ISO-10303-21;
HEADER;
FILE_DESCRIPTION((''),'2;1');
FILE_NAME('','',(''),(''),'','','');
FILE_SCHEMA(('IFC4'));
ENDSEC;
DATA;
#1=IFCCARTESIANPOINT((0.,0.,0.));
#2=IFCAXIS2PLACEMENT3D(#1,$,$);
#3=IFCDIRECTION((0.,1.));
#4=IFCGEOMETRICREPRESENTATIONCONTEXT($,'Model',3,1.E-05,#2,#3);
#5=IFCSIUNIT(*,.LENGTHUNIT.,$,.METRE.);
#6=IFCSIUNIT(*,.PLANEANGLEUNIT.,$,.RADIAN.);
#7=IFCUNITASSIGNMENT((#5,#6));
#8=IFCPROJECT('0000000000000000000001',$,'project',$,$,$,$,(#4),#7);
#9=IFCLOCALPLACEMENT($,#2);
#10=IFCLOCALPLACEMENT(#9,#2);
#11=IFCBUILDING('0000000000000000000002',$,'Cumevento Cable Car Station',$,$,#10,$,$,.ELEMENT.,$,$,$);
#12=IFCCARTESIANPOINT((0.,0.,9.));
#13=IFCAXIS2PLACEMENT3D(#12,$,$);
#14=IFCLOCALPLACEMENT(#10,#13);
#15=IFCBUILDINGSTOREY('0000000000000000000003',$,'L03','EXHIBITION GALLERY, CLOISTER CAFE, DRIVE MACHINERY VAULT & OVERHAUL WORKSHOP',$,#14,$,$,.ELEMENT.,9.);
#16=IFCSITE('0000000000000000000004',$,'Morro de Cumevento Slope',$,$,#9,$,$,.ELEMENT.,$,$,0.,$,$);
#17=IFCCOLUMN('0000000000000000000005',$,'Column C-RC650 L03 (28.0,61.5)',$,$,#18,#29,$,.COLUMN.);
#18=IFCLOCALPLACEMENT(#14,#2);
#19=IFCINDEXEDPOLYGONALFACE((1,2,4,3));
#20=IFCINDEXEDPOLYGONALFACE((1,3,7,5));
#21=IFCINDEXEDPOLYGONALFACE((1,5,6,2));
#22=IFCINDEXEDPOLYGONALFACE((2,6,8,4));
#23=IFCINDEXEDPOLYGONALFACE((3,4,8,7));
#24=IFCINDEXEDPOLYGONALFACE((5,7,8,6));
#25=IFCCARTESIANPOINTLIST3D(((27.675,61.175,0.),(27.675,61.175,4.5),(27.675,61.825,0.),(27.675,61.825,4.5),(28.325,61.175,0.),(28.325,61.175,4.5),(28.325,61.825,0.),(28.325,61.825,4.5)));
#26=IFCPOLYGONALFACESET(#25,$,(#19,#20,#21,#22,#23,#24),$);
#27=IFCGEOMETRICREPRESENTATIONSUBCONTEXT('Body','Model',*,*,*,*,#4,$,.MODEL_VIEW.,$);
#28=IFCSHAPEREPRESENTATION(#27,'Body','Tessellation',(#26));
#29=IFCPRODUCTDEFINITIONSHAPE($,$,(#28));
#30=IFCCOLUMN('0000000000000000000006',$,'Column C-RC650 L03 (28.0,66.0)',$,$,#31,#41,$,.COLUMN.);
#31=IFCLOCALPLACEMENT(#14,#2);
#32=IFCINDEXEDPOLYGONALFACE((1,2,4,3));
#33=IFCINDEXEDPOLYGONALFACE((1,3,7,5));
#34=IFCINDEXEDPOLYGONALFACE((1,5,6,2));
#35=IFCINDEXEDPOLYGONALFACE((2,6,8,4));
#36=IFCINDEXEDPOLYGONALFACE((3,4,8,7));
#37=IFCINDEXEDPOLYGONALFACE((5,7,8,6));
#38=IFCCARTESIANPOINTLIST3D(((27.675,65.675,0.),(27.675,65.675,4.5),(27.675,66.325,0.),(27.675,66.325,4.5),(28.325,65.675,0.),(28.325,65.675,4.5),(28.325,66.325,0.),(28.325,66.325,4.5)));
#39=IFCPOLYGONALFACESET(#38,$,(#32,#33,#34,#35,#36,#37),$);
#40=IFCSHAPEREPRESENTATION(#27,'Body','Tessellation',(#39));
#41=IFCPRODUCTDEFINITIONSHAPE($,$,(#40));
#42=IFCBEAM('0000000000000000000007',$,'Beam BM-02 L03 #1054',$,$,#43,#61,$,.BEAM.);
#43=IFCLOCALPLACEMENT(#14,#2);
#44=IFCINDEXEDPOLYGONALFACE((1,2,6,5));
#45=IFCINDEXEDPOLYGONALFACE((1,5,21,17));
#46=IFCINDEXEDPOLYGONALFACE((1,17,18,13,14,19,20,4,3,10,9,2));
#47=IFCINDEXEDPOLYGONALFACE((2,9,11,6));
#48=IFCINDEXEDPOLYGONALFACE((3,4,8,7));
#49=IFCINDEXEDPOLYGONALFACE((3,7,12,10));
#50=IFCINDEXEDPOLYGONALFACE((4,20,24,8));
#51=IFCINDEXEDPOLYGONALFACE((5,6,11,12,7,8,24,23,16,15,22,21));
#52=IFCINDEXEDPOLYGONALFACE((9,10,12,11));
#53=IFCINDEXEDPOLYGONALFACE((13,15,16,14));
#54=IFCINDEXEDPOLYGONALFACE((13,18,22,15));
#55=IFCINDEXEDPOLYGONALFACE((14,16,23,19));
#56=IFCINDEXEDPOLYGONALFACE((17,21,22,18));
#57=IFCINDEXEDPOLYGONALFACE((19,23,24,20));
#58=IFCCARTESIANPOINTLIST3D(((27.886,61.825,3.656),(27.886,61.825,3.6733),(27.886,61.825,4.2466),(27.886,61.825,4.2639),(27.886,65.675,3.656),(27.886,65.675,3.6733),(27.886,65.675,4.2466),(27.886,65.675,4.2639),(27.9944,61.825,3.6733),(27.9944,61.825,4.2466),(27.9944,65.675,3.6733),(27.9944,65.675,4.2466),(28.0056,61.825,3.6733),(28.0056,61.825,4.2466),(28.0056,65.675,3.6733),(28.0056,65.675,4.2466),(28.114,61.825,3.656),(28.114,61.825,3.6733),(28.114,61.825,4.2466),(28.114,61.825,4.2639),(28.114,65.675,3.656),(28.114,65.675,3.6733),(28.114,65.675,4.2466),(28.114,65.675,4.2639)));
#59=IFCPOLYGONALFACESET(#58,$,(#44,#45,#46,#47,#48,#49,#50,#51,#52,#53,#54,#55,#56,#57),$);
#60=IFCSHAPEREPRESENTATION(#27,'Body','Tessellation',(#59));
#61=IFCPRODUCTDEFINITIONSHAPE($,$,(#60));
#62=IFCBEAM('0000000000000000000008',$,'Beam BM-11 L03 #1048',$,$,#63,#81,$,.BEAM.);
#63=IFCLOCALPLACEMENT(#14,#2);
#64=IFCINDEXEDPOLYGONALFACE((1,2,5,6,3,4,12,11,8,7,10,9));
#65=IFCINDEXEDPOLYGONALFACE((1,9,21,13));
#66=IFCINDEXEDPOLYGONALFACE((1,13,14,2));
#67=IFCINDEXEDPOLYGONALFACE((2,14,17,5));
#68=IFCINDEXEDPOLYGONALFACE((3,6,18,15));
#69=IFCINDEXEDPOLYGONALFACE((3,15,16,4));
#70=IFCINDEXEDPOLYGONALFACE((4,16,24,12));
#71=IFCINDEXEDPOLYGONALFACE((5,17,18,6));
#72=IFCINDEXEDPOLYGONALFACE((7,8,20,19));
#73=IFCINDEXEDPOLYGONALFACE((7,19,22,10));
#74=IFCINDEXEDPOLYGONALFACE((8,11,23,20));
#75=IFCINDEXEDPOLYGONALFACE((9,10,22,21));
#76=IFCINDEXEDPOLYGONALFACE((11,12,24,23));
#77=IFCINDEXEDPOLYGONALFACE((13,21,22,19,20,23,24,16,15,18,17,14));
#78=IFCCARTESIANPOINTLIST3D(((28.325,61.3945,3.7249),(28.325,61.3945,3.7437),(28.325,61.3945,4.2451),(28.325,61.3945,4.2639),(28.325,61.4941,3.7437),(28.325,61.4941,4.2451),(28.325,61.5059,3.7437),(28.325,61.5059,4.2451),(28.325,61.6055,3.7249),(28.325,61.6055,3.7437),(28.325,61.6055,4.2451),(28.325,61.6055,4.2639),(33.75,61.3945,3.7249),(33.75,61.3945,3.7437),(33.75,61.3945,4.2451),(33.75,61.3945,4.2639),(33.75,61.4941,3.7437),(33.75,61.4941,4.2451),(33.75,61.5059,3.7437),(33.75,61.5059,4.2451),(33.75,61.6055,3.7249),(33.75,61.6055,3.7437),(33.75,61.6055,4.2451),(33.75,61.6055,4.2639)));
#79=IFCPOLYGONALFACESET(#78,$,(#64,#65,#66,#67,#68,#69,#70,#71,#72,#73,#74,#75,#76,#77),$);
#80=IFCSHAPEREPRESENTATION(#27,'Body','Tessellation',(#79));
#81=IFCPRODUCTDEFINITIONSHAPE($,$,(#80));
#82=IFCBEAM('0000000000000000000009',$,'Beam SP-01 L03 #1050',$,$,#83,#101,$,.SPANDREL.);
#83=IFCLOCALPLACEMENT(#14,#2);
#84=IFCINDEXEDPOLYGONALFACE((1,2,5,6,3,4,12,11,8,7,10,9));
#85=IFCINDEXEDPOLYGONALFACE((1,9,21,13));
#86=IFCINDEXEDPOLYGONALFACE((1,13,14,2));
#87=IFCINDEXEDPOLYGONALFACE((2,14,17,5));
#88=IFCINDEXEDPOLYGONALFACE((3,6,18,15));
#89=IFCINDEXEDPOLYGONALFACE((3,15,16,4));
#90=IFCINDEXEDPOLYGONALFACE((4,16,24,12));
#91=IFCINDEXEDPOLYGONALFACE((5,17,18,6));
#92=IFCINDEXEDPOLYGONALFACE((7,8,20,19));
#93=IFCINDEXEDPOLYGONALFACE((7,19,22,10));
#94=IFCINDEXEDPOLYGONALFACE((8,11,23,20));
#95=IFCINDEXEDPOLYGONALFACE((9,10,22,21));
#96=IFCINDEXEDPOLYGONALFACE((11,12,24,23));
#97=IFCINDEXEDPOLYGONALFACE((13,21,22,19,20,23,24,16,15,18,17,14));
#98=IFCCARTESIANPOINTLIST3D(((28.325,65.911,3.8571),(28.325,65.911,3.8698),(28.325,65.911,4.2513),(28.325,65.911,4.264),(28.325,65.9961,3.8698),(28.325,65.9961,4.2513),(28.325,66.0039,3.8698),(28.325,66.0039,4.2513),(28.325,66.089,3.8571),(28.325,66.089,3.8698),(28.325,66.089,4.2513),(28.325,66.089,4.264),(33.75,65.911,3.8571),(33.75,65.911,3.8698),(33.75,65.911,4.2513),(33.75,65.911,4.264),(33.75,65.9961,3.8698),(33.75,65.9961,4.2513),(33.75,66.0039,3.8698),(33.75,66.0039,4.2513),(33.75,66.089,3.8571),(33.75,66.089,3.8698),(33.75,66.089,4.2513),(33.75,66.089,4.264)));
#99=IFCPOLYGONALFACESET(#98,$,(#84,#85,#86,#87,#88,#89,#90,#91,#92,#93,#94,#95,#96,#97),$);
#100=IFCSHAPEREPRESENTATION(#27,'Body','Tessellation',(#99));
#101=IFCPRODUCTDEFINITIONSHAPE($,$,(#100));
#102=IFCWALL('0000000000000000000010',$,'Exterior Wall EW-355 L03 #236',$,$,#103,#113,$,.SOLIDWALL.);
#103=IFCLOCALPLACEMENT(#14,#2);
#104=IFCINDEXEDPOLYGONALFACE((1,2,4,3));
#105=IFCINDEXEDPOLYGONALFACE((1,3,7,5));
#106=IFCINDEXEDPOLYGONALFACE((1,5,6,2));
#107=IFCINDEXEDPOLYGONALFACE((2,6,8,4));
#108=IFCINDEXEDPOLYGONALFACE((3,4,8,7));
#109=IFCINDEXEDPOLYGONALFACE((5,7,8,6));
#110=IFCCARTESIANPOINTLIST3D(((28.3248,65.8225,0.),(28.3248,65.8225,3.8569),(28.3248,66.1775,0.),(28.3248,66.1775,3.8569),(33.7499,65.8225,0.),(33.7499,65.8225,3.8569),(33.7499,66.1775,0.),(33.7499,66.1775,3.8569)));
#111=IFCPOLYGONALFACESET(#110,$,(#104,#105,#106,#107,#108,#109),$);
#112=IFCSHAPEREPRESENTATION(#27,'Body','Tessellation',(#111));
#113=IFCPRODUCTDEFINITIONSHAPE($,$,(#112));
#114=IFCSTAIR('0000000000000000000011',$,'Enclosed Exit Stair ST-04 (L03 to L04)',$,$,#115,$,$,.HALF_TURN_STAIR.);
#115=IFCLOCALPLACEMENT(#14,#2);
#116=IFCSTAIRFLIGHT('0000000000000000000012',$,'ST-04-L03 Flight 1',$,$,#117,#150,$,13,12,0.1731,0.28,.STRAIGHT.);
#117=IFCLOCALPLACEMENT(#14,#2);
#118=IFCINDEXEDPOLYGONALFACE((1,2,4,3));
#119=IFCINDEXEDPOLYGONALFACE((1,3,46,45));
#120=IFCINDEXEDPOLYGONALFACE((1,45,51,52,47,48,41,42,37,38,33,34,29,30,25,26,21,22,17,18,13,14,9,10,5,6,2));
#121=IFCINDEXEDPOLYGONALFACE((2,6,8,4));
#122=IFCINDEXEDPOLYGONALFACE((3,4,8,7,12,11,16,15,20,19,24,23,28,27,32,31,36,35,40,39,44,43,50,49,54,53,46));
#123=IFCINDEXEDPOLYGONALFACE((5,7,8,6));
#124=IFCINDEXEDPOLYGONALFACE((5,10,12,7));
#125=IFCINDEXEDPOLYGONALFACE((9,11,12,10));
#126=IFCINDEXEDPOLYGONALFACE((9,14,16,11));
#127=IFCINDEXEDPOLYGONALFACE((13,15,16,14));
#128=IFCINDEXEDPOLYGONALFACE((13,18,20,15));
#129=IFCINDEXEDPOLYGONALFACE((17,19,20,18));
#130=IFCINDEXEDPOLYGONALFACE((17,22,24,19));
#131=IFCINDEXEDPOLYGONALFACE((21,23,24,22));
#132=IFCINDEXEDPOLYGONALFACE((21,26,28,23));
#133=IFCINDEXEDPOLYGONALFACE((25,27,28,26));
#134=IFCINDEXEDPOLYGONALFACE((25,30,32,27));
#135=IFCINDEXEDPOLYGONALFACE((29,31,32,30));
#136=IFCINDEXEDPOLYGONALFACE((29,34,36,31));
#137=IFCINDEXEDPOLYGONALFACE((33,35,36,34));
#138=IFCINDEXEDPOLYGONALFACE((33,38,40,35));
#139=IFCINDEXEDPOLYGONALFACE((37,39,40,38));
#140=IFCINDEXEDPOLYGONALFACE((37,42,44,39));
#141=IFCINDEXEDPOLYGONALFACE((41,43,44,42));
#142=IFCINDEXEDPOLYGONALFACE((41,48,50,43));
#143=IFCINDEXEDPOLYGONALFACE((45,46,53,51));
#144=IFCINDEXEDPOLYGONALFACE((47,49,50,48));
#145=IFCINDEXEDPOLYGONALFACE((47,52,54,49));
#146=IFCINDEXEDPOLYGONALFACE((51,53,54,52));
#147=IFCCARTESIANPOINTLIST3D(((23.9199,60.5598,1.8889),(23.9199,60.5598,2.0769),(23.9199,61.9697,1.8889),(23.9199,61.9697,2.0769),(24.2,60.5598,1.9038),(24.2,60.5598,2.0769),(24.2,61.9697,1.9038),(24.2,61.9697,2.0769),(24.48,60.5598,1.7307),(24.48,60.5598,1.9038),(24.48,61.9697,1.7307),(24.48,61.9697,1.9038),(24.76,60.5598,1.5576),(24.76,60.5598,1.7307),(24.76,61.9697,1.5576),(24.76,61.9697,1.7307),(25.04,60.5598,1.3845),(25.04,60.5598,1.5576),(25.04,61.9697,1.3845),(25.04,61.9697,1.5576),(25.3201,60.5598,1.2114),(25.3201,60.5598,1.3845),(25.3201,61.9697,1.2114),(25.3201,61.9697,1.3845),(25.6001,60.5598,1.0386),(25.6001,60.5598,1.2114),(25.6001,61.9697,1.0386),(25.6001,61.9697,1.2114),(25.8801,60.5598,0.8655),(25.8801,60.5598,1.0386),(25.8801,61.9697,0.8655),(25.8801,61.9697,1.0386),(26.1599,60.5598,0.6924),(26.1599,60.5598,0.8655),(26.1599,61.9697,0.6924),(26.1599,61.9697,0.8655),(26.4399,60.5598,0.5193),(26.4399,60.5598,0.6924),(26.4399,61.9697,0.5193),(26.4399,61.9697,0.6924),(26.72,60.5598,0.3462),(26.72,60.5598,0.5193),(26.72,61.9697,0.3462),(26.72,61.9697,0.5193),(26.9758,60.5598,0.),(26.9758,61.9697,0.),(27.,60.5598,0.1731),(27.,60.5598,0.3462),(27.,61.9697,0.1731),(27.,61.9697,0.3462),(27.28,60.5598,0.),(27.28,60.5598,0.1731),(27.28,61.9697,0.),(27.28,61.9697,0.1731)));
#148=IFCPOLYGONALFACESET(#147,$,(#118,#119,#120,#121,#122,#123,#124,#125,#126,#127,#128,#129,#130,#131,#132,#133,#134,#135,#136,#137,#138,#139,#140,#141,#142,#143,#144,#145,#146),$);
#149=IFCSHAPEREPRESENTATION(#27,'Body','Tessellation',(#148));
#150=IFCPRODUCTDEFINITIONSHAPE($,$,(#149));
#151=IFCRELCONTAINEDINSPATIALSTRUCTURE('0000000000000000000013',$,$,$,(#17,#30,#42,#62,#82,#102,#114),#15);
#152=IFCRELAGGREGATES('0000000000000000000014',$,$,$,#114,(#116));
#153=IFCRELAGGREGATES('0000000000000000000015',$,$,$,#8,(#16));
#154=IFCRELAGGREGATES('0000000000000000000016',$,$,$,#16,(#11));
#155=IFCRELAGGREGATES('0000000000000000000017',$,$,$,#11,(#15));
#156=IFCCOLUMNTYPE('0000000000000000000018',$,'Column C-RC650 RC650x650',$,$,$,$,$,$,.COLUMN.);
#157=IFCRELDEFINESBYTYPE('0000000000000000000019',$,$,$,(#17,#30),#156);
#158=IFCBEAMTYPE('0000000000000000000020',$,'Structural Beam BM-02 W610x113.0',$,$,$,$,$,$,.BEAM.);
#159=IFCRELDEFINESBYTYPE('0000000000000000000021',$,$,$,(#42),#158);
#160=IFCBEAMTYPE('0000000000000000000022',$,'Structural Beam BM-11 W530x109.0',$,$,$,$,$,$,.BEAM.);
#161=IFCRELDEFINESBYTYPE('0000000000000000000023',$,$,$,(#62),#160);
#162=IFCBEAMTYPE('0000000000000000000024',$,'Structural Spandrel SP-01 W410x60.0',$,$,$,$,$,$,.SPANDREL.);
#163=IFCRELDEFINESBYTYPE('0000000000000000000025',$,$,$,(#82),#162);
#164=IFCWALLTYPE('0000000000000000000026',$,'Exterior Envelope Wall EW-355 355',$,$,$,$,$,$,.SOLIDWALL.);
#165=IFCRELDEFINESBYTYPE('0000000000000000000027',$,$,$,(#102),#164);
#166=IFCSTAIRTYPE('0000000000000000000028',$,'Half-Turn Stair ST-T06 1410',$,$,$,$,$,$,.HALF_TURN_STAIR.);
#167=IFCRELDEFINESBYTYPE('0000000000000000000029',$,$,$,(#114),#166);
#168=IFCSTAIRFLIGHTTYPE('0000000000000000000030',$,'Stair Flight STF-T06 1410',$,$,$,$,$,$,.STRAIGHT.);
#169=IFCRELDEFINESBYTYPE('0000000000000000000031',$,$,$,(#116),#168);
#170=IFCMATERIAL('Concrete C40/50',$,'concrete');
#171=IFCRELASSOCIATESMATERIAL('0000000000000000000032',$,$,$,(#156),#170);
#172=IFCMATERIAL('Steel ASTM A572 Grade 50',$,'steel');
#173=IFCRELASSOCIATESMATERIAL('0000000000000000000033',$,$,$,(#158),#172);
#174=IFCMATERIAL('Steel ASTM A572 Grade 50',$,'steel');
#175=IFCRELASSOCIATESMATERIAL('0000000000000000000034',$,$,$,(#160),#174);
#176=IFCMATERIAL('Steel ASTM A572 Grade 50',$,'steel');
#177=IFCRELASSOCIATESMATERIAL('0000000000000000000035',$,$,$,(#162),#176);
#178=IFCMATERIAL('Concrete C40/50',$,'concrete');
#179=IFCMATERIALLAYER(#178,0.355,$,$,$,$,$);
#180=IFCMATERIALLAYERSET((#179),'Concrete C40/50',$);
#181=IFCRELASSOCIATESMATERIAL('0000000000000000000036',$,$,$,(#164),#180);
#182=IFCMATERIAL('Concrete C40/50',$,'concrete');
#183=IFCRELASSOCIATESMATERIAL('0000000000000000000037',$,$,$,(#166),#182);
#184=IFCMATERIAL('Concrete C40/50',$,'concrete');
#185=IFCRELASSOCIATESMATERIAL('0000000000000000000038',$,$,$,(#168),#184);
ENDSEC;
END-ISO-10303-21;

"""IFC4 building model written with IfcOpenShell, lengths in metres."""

from ifc_helpers import new_model, si_unit, direction, frame, frame_2d, origin, origin_2d, place, context, subcontext, project, spatial, polyline, rectangle, i_section, outline, extrude, material, layer, layer_set, material_profile, profile_set, type_object, element, aggregate, save


model = new_model("IFC4")

# Units and contexts
model_context = context("Model", 3, precision=1e-05, world=origin(), true_north=direction((0.0, 1.0)))
body_context = subcontext(model_context, "Body", "Model", "MODEL_VIEW")
ifc_project = project(units=[si_unit("LENGTHUNIT", "METRE"), si_unit("PLANEANGLEUNIT", "RADIAN")], contexts=[model_context])

# Site, building, storey
site_placement = place(None, origin())
site = spatial("IfcSite", under=ifc_project, at=site_placement, Name="Morro de Cumevento Slope", CompositionType="ELEMENT", RefElevation=0.0)
building_placement = place(site_placement, origin())
building = spatial("IfcBuilding", under=site, at=building_placement, Name="Cumevento Cable Car Station", CompositionType="ELEMENT")
storey_placement = place(building_placement, frame((0.0, 0.0, 9.0)))
storey = spatial("IfcBuildingStorey", under=building, at=storey_placement, Name="L03", Description="EXHIBITION GALLERY, CLOISTER CAFE, DRIVE MACHINERY VAULT & OVERHAUL WORKSHOP", CompositionType="ELEMENT", Elevation=9.0)

# Columns
ifc_material_1 = material(Name="Concrete C40/50", Category="concrete")
ifc_material_profile_1 = material_profile(ifc_material_1, rectangle(XDim=0.6499, YDim=0.6499, at=origin_2d()), Name="RC650x650")
ifc_profile_set_1 = profile_set([ifc_material_profile_1], Name="Concrete C40/50")
column_type = type_object("IfcColumnType", Name="Column C-RC650 RC650x650", PredefinedType="COLUMN", material=ifc_profile_set_1)
for number, where, z_axis, x_axis, name in (
    (1, (28.0, 61.5, 0.0), (0.0, 0.0, 1.0), (1.0, 0.0, 0.0), "Column C-RC650 L03 (28.0,61.5)"),
    (2, (28.0, 66.0, 0.0), (0.0, 0.0, 1.0), (1.0, 0.0, 0.0), "Column C-RC650 L03 (28.0,66.0)"),
):
    element("IfcColumn", number, at=place(storey_placement, frame(where, z_axis=z_axis, x_axis=x_axis)), inside=storey, type_object=column_type, Name=name, PredefinedType="COLUMN", context=body_context, shape_type="SweptSolid", body=[
        extrude(rectangle(XDim=0.6499, YDim=0.6499, at=origin_2d()), origin(), (0.0, 0.0, 1.0), 4.5),
    ])

# Beams
ifc_material_2 = material(Name="Steel ASTM A572 Grade 50", Category="steel")
ifc_material_profile_2 = material_profile(ifc_material_2, i_section(OverallWidth=0.228, OverallDepth=0.6079, WebThickness=0.0112, FlangeThickness=0.0173, at=origin_2d()), Name="W610x113.0")
ifc_profile_set_2 = profile_set([ifc_material_profile_2], Name="Steel ASTM A572 Grade 50")
beam_type_1 = type_object("IfcBeamType", Name="Structural Beam BM-02 W610x113.0", PredefinedType="BEAM", material=ifc_profile_set_2)
beam_1_placement = place(storey_placement, frame((28.0, 61.825, 3.96), z_axis=(0.0, 1.0, 0.0), x_axis=(-1.0, 0.0, 0.0)))
element("IfcBeam", 3, at=beam_1_placement, inside=storey, type_object=beam_type_1, Name="Beam BM-02 L03 #1054", PredefinedType="BEAM", context=body_context, shape_type="SweptSolid", body=[
    extrude(i_section(OverallWidth=0.228, OverallDepth=0.6079, WebThickness=0.0112, FlangeThickness=0.0173, at=origin_2d()), origin(), (0.0, 0.0, 1.0), 3.8501),
])
ifc_material_3 = material(Name="Steel ASTM A572 Grade 50", Category="steel")
ifc_material_profile_3 = material_profile(ifc_material_3, i_section(OverallWidth=0.2109, OverallDepth=0.5391, WebThickness=0.0117, FlangeThickness=0.0188, at=origin_2d()), Name="W530x109.0")
ifc_profile_set_3 = profile_set([ifc_material_profile_3], Name="Steel ASTM A572 Grade 50")
beam_type_2 = type_object("IfcBeamType", Name="Structural Beam BM-11 W530x109.0", PredefinedType="BEAM", material=ifc_profile_set_3)
beam_2_placement = place(storey_placement, frame((28.325, 61.5, 3.9944), z_axis=(1.0, 0.0, 0.0), x_axis=(0.0, 1.0, 0.0)))
element("IfcBeam", 4, at=beam_2_placement, inside=storey, type_object=beam_type_2, Name="Beam BM-11 L03 #1048", PredefinedType="BEAM", context=body_context, shape_type="SweptSolid", body=[
    extrude(i_section(OverallWidth=0.2109, OverallDepth=0.5391, WebThickness=0.0117, FlangeThickness=0.0188, at=origin_2d()), origin(), (0.0, 0.0, 1.0), 5.425),
])
ifc_material_4 = material(Name="Steel ASTM A572 Grade 50", Category="steel")
ifc_material_profile_4 = material_profile(ifc_material_4, i_section(OverallWidth=0.178, OverallDepth=0.407, WebThickness=0.0078, FlangeThickness=0.0127, at=origin_2d()), Name="W410x60.0")
ifc_profile_set_4 = profile_set([ifc_material_profile_4], Name="Steel ASTM A572 Grade 50")
beam_type_3 = type_object("IfcBeamType", Name="Structural Spandrel SP-01 W410x60.0", PredefinedType="SPANDREL", material=ifc_profile_set_4)
beam_3_placement = place(storey_placement, frame((28.325, 66.0, 4.0605), z_axis=(1.0, 0.0, 0.0), x_axis=(0.0, 1.0, 0.0)))
element("IfcBeam", 5, at=beam_3_placement, inside=storey, type_object=beam_type_3, Name="Beam SP-01 L03 #1050", PredefinedType="SPANDREL", context=body_context, shape_type="SweptSolid", body=[
    extrude(i_section(OverallWidth=0.178, OverallDepth=0.407, WebThickness=0.0078, FlangeThickness=0.0127, at=origin_2d()), origin(), (0.0, 0.0, 1.0), 5.425),
])

# Wall
ifc_material_5 = material(Name="Concrete C40/50", Category="concrete")
ifc_layer_1 = layer(ifc_material_5, 0.355)
ifc_layer_set_1 = layer_set([ifc_layer_1], Name="Concrete C40/50")
wall_type_1 = type_object("IfcWallType", Name="Exterior Envelope Wall EW-355 355", PredefinedType="SOLIDWALL", material=ifc_layer_set_1)
wall_1_placement = place(storey_placement, frame((28.325, 66.0, 0.0), z_axis=(0.0, 0.0, 1.0), x_axis=(1.0, 0.0, 0.0)))
element("IfcWall", 6, at=wall_1_placement, inside=storey, type_object=wall_type_1, Name="Exterior Wall EW-355 L03 #236", PredefinedType="SOLIDWALL", context=body_context, shape_type="SweptSolid", body=[
    extrude(rectangle(XDim=5.425, YDim=0.355, at=frame_2d((2.7124, 0.0))), origin(), (0.0, 0.0, 1.0), 3.8569),
])

# Stair, stair flight
ifc_material_6 = material(Name="Concrete C40/50", Category="concrete")
stair_type = type_object("IfcStairType", Name="Half-Turn Stair ST-T06 1410", PredefinedType="HALF_TURN_STAIR", material=ifc_material_6)
stair_placement = place(storey_placement, origin())
stair = element("IfcStair", 7, at=stair_placement, inside=storey, type_object=stair_type, Name="Enclosed Exit Stair ST-04 (L03 to L04)", PredefinedType="HALF_TURN_STAIR")
ifc_material_7 = material(Name="Concrete C40/50", Category="concrete")
stair_flight_type = type_object("IfcStairFlightType", Name="Stair Flight STF-T06 1410", PredefinedType="STRAIGHT", material=ifc_material_7)
stair_flight_placement = place(storey_placement, frame((27.28, 61.2649, 0.0), z_axis=(0.0, 0.0, 1.0), x_axis=(-1.0, 0.0, 0.0)))
stair_flight = element("IfcStairFlight", 8, at=stair_flight_placement, type_object=stair_flight_type, Name="ST-04-L03 Flight 1", NumberOfRisers=13, NumberOfTreads=12, PredefinedType="STRAIGHT", RiserHeight=0.1731, TreadLength=0.28, context=body_context, shape_type="SweptSolid", body=[
    extrude(outline(polyline([(0.0, 0.0), (0.0, 0.1731), (0.28, 0.1731), (0.28, 0.3462), (0.5601, 0.3462), (0.5601, 0.5193), (0.8401, 0.5193), (0.8401, 0.6924), (1.1201, 0.6924), (1.1201, 0.8655), (1.3999, 0.8655), (1.3999, 1.0386), (1.6799, 1.0386), (1.6799, 1.2114), (1.96, 1.2114), (1.96, 1.3845), (2.24, 1.3845), (2.24, 1.5576), (2.52, 1.5576), (2.52, 1.7307), (2.8, 1.7307), (2.8, 1.9038), (3.0801, 1.9038), (3.0801, 2.0769), (3.3601, 2.0769), (3.3601, 2.25), (3.3601, 1.8889), (0.3042, 0.0), (0.0, 0.0)])), frame((0.0, 0.7051, 0.0), z_axis=(0.0, -1.0, 0.0), x_axis=(1.0, 0.0, 0.0)), (0.0, 0.0, 1.0), 1.4099),
])
aggregate(stair, [stair_flight])

save(model, "model.ifc")
